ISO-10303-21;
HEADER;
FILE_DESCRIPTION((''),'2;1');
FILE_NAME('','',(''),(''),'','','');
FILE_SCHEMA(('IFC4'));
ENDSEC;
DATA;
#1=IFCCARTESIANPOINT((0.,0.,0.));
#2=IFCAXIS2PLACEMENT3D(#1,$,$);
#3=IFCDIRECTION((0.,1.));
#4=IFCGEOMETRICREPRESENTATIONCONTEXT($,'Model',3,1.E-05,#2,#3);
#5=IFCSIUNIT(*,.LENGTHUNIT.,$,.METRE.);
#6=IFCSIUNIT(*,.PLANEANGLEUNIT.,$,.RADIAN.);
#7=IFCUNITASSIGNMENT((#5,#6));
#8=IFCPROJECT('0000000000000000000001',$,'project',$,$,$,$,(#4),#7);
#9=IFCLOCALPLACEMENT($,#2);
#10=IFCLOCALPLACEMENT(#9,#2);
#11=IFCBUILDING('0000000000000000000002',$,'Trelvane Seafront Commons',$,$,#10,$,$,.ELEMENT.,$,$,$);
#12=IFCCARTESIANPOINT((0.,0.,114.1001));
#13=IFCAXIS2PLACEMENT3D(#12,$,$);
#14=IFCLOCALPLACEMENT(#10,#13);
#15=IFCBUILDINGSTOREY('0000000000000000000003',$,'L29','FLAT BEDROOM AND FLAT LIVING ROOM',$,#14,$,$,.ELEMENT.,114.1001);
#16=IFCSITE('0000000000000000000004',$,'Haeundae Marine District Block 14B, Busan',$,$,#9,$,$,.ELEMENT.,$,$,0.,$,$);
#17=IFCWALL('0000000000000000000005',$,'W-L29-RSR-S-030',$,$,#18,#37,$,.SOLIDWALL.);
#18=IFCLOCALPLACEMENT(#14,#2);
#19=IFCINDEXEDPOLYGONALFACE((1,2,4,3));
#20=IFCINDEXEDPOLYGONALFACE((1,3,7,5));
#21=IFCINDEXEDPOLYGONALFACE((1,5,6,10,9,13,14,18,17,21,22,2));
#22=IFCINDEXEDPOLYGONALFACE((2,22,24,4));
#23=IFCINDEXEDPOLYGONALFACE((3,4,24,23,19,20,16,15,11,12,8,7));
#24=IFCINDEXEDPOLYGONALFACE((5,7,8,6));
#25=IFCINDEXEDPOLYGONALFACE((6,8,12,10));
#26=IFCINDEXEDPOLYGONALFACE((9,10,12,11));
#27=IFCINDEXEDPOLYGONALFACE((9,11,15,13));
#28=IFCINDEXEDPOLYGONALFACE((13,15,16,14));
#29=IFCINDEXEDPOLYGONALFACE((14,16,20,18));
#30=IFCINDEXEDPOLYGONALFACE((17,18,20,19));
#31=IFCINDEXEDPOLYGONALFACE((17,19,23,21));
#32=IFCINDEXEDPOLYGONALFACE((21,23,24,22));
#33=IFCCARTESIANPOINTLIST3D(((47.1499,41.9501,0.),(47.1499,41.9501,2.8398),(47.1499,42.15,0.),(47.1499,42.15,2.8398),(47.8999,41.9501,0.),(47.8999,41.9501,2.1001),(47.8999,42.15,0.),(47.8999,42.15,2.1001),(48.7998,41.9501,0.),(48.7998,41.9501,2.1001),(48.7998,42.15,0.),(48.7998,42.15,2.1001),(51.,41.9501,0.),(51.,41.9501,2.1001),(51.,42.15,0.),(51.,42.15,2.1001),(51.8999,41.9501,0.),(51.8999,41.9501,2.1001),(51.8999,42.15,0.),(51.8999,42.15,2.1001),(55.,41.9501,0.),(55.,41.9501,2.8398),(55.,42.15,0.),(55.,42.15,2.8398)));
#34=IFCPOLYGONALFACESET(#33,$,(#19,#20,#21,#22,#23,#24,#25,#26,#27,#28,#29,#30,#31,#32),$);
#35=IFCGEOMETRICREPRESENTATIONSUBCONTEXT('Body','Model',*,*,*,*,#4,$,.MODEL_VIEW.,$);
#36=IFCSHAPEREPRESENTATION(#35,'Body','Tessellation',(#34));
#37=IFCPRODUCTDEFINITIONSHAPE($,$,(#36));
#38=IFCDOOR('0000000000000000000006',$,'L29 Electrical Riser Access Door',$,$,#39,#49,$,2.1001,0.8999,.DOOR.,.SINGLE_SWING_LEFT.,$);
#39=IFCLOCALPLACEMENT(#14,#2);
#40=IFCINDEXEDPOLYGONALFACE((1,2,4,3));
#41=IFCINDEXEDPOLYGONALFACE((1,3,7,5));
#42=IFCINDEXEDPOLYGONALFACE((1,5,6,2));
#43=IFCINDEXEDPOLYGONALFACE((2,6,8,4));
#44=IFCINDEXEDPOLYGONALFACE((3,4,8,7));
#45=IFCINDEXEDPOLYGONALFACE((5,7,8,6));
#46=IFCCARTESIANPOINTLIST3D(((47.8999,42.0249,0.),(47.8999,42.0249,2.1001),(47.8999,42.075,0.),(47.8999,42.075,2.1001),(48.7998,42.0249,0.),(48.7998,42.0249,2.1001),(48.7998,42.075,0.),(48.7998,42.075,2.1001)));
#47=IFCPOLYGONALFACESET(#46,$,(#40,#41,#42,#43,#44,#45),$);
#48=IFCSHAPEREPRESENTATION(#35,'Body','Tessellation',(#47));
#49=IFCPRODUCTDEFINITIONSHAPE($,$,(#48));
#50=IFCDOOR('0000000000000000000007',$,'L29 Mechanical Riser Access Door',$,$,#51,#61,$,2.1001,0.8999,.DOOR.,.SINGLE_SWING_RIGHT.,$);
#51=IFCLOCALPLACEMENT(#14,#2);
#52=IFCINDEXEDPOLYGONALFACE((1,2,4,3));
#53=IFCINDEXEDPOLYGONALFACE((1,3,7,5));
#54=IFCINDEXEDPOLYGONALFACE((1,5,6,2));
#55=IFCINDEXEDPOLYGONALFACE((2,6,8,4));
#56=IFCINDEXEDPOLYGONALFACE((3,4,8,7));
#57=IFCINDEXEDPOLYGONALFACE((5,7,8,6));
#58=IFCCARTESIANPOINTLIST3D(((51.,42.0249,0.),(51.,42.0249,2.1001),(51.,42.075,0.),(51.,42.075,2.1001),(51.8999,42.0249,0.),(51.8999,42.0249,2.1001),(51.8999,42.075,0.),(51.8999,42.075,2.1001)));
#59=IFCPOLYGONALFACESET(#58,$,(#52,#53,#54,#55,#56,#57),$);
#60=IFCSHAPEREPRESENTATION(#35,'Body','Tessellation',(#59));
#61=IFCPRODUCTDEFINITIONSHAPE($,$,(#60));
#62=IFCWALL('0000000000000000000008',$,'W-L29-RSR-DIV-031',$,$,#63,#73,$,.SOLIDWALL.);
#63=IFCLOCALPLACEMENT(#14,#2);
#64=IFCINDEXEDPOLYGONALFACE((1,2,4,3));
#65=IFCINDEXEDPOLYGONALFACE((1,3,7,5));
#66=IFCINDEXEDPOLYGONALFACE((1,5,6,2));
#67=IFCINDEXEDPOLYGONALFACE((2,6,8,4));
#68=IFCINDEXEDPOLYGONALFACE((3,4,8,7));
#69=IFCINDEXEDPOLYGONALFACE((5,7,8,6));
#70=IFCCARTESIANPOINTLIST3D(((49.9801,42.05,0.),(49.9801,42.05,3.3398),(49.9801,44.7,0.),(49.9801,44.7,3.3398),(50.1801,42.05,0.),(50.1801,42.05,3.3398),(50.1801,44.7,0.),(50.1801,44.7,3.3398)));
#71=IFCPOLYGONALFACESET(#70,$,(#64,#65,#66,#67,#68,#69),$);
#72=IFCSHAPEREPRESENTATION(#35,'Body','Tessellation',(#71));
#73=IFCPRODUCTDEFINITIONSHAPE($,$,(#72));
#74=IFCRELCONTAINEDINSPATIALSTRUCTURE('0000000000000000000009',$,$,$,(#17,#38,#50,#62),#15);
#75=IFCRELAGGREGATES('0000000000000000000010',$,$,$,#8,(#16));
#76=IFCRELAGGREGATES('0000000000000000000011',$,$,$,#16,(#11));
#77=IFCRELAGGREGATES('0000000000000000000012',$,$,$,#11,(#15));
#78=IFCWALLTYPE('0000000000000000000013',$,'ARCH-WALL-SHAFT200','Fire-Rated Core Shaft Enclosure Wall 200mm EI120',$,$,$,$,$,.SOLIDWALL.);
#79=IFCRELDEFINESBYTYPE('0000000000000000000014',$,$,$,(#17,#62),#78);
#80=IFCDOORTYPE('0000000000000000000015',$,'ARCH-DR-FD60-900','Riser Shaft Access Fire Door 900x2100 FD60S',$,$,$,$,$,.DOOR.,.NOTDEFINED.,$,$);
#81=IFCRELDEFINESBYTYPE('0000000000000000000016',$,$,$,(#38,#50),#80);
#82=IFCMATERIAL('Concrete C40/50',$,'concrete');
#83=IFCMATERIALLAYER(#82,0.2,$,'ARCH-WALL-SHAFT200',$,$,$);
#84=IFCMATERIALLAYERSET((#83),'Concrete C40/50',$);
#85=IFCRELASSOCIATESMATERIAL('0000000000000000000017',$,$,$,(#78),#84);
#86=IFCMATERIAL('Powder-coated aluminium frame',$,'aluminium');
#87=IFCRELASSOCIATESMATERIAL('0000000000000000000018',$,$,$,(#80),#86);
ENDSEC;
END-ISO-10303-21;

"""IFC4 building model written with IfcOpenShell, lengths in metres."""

from ifc_helpers import new_model, si_unit, direction, frame, frame_2d, origin, place, context, subcontext, project, spatial, rectangle, extrude, source, transform, mapped, material, layer, layer_set, type_object, element, fill, save


model = new_model("IFC4")

# Units and contexts
model_context = context("Model", 3, precision=1e-05, world=origin(), true_north=direction((0.0, 1.0)))
body_context = subcontext(model_context, "Body", "Model", "MODEL_VIEW")
ifc_project = project(units=[si_unit("LENGTHUNIT", "METRE"), si_unit("PLANEANGLEUNIT", "RADIAN")], contexts=[model_context])

# Site, building, storey
site_placement = place(None, origin())
site = spatial("IfcSite", under=ifc_project, at=site_placement, Name="Haeundae Marine District Block 14B, Busan", CompositionType="ELEMENT", RefElevation=0.0)
building_placement = place(site_placement, origin())
building = spatial("IfcBuilding", under=site, at=building_placement, Name="Trelvane Seafront Commons", CompositionType="ELEMENT")
storey_placement = place(building_placement, frame((0.0, 0.0, 114.1001)))
storey = spatial("IfcBuildingStorey", under=building, at=storey_placement, Name="L29", Description="FLAT BEDROOM AND FLAT LIVING ROOM", CompositionType="ELEMENT", Elevation=114.1001)

# Wall, openings, doors
ifc_material_1 = material(Name="Concrete C40/50", Category="concrete")
ifc_layer_1 = layer(ifc_material_1, 0.2, Name="ARCH-WALL-SHAFT200")
ifc_layer_set_1 = layer_set([ifc_layer_1], Name="Concrete C40/50")
wall_type_1 = type_object("IfcWallType", Name="ARCH-WALL-SHAFT200", Description="Fire-Rated Core Shaft Enclosure Wall 200mm EI120", PredefinedType="SOLIDWALL", material=ifc_layer_set_1)
wall_1_placement = place(storey_placement, frame((47.1499, 42.05, 0.0), z_axis=(0.0, 0.0, 1.0), x_axis=(1.0, 0.0, 0.0)))
wall_1 = element("IfcWall", 1, at=wall_1_placement, inside=storey, type_object=wall_type_1, Name="W-L29-RSR-S-030", PredefinedType="SOLIDWALL", context=body_context, shape_type="SweptSolid", body=[
    extrude(rectangle(XDim=7.8501, YDim=0.2, at=frame_2d((3.925, 0.0))), origin(), (0.0, 0.0, 1.0), 2.8398),
])
opening_1_placement = place(wall_1_placement, frame((0.75, 0.0, 0.0)))
opening_1 = element("IfcOpeningElement", 2, at=opening_1_placement, cuts=wall_1, PredefinedType="OPENING", context=body_context, shape_type="SweptSolid", body=[
    extrude(rectangle(XDim=0.8999, YDim=2.1001, at=frame_2d((0.45, 1.05))), frame((0.0, 0.1099, 0.0), z_axis=(0.0, -1.0, 0.0), x_axis=(1.0, 0.0, 0.0)), (0.0, 0.0, 1.0), 0.22),
])
opening_2_placement = place(wall_1_placement, frame((3.8501, 0.0, 0.0)))
opening_2 = element("IfcOpeningElement", 3, at=opening_2_placement, cuts=wall_1, PredefinedType="OPENING", context=body_context, shape_type="SweptSolid", body=[
    extrude(rectangle(XDim=0.8999, YDim=2.1001, at=frame_2d((0.45, 1.05))), frame((0.0, 0.1099, 0.0), z_axis=(0.0, -1.0, 0.0), x_axis=(1.0, 0.0, 0.0)), (0.0, 0.0, 1.0), 0.22),
])
ifc_material_2 = material(Name="Powder-coated aluminium frame", Category="aluminium")
door_type_1 = type_object("IfcDoorType", Name="ARCH-DR-FD60-900", Description="Riser Shaft Access Fire Door 900x2100 FD60S", OperationType="NOTDEFINED", PredefinedType="DOOR", material=ifc_material_2)
shared_shape_1 = source(origin(), body_context, "Body", "SweptSolid", [
    extrude(rectangle(XDim=0.8999, YDim=2.1001, at=frame_2d((0.45, 1.05))), frame((0.0, 0.0249, 0.0), z_axis=(0.0, -1.0, 0.0), x_axis=(1.0, 0.0, 0.0)), (0.0, 0.0, 1.0), 0.05),
])
door_1_placement = place(opening_1_placement, origin())
door_1 = element("IfcDoor", 4, at=door_1_placement, inside=storey, type_object=door_type_1, Name="L29 Electrical Riser Access Door", OperationType="SINGLE_SWING_LEFT", OverallHeight=2.1001, OverallWidth=0.8999, PredefinedType="DOOR", context=body_context, shape_type="MappedRepresentation", body=[
    mapped(shared_shape_1, transform((0.0, 0.0, 0.0), x_axis=(1.0, 0.0, 0.0), y_axis=(0.0, 1.0, 0.0), z_axis=(0.0, 0.0, 1.0), scale=1.0)),
])
fill(opening_1, door_1)
door_2_placement = place(opening_2_placement, origin())
door_2 = element("IfcDoor", 5, at=door_2_placement, inside=storey, type_object=door_type_1, Name="L29 Mechanical Riser Access Door", OperationType="SINGLE_SWING_RIGHT", OverallHeight=2.1001, OverallWidth=0.8999, PredefinedType="DOOR", context=body_context, shape_type="MappedRepresentation", body=[
    mapped(shared_shape_1, transform((0.0, 0.0, 0.0), x_axis=(1.0, 0.0, 0.0), y_axis=(0.0, 1.0, 0.0), z_axis=(0.0, 0.0, 1.0), scale=1.0)),
])
fill(opening_2, door_2)

# Wall
wall_2_placement = place(storey_placement, frame((50.0801, 42.05, 0.0), z_axis=(0.0, 0.0, 1.0), x_axis=(0.0, 1.0, 0.0)))
element("IfcWall", 6, at=wall_2_placement, inside=storey, type_object=wall_type_1, Name="W-L29-RSR-DIV-031", PredefinedType="SOLIDWALL", context=body_context, shape_type="SweptSolid", body=[
    extrude(rectangle(XDim=2.6499, YDim=0.2, at=frame_2d((1.325, 0.0))), origin(), (0.0, 0.0, 1.0), 3.3398),
])

save(model, "model.ifc")
